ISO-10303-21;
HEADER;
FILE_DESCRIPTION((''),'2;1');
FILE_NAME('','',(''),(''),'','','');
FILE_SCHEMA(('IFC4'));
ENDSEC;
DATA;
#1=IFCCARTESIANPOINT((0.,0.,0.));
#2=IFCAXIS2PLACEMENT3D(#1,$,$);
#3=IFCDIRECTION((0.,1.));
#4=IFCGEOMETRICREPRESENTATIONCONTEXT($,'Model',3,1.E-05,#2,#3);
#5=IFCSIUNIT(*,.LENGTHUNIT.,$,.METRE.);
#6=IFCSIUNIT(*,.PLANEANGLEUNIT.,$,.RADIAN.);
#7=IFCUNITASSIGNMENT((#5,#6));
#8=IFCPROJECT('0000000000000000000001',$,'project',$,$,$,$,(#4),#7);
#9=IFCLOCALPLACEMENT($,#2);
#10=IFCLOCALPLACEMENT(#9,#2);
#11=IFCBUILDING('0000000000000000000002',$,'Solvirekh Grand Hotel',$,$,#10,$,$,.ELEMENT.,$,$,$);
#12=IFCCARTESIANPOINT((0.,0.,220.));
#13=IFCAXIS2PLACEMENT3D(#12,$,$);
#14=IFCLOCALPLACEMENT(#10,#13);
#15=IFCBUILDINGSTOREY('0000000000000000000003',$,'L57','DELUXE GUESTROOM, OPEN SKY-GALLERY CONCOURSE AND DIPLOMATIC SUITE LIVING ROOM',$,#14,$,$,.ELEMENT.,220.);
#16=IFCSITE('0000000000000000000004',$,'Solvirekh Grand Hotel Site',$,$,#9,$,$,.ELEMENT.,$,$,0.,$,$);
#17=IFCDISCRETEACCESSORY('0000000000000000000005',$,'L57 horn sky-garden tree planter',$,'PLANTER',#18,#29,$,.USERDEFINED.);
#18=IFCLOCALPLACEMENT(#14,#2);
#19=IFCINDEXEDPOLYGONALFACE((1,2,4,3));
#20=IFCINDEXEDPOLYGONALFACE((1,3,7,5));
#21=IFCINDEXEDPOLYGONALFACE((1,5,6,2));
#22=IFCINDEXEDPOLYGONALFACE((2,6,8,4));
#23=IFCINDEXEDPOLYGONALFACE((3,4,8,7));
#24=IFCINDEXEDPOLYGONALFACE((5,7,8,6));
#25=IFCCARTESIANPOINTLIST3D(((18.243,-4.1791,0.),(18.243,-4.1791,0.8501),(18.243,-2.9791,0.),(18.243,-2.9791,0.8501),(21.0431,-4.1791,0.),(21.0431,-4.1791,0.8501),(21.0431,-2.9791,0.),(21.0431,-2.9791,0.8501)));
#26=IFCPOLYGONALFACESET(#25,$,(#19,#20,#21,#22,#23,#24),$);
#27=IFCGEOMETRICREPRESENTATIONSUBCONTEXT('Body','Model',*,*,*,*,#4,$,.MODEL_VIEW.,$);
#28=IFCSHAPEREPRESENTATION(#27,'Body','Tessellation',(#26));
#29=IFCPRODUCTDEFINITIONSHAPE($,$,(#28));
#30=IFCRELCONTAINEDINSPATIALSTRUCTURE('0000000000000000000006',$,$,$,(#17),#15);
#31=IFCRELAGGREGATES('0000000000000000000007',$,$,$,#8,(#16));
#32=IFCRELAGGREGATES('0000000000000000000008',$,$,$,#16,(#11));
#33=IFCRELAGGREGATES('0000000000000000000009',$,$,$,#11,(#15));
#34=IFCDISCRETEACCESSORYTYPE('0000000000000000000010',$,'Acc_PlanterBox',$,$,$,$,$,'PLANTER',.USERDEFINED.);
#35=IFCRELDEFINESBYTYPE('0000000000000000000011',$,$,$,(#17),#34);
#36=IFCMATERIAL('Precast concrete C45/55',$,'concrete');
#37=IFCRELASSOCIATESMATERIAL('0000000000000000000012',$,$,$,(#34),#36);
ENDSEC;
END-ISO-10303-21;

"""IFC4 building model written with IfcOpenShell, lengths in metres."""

from ifc_helpers import new_model, si_unit, direction, frame, origin, origin_2d, place, context, subcontext, project, spatial, rectangle, extrude, material, type_object, element, save


model = new_model("IFC4")

# Units and contexts
model_context = context("Model", 3, precision=1e-05, world=origin(), true_north=direction((0.0, 1.0)))
body_context = subcontext(model_context, "Body", "Model", "MODEL_VIEW")
ifc_project = project(units=[si_unit("LENGTHUNIT", "METRE"), si_unit("PLANEANGLEUNIT", "RADIAN")], contexts=[model_context])

# Site, building, storey
site_placement = place(None, origin())
site = spatial("IfcSite", under=ifc_project, at=site_placement, Name="Solvirekh Grand Hotel Site", CompositionType="ELEMENT", RefElevation=0.0)
building_placement = place(site_placement, origin())
building = spatial("IfcBuilding", under=site, at=building_placement, Name="Solvirekh Grand Hotel", CompositionType="ELEMENT")
storey_placement = place(building_placement, frame((0.0, 0.0, 220.0)))
storey = spatial("IfcBuildingStorey", under=building, at=storey_placement, Name="L57", Description="DELUXE GUESTROOM, OPEN SKY-GALLERY CONCOURSE AND DIPLOMATIC SUITE LIVING ROOM", CompositionType="ELEMENT", Elevation=220.0)

# Shared definitions
ifc_material_1 = material(Name="Precast concrete C45/55", Category="concrete")

# Discrete accessory
discrete_accessory_type = type_object("IfcDiscreteAccessoryType", Name="Acc_PlanterBox", ElementType="PLANTER", PredefinedType="USERDEFINED", material=ifc_material_1)
discrete_accessory_placement = place(storey_placement, frame((19.6431, -3.5791, 0.0), z_axis=(0.0, 0.0, 1.0), x_axis=(0.0, 1.0, 0.0)))
element("IfcDiscreteAccessory", 1, at=discrete_accessory_placement, inside=storey, type_object=discrete_accessory_type, Name="L57 horn sky-garden tree planter", ObjectType="PLANTER", PredefinedType="USERDEFINED", context=body_context, shape_type="SweptSolid", body=[
    extrude(rectangle(XDim=1.2, YDim=2.8, at=origin_2d()), origin(), (0.0, 0.0, 1.0), 0.8501),
])

save(model, "model.ifc")
